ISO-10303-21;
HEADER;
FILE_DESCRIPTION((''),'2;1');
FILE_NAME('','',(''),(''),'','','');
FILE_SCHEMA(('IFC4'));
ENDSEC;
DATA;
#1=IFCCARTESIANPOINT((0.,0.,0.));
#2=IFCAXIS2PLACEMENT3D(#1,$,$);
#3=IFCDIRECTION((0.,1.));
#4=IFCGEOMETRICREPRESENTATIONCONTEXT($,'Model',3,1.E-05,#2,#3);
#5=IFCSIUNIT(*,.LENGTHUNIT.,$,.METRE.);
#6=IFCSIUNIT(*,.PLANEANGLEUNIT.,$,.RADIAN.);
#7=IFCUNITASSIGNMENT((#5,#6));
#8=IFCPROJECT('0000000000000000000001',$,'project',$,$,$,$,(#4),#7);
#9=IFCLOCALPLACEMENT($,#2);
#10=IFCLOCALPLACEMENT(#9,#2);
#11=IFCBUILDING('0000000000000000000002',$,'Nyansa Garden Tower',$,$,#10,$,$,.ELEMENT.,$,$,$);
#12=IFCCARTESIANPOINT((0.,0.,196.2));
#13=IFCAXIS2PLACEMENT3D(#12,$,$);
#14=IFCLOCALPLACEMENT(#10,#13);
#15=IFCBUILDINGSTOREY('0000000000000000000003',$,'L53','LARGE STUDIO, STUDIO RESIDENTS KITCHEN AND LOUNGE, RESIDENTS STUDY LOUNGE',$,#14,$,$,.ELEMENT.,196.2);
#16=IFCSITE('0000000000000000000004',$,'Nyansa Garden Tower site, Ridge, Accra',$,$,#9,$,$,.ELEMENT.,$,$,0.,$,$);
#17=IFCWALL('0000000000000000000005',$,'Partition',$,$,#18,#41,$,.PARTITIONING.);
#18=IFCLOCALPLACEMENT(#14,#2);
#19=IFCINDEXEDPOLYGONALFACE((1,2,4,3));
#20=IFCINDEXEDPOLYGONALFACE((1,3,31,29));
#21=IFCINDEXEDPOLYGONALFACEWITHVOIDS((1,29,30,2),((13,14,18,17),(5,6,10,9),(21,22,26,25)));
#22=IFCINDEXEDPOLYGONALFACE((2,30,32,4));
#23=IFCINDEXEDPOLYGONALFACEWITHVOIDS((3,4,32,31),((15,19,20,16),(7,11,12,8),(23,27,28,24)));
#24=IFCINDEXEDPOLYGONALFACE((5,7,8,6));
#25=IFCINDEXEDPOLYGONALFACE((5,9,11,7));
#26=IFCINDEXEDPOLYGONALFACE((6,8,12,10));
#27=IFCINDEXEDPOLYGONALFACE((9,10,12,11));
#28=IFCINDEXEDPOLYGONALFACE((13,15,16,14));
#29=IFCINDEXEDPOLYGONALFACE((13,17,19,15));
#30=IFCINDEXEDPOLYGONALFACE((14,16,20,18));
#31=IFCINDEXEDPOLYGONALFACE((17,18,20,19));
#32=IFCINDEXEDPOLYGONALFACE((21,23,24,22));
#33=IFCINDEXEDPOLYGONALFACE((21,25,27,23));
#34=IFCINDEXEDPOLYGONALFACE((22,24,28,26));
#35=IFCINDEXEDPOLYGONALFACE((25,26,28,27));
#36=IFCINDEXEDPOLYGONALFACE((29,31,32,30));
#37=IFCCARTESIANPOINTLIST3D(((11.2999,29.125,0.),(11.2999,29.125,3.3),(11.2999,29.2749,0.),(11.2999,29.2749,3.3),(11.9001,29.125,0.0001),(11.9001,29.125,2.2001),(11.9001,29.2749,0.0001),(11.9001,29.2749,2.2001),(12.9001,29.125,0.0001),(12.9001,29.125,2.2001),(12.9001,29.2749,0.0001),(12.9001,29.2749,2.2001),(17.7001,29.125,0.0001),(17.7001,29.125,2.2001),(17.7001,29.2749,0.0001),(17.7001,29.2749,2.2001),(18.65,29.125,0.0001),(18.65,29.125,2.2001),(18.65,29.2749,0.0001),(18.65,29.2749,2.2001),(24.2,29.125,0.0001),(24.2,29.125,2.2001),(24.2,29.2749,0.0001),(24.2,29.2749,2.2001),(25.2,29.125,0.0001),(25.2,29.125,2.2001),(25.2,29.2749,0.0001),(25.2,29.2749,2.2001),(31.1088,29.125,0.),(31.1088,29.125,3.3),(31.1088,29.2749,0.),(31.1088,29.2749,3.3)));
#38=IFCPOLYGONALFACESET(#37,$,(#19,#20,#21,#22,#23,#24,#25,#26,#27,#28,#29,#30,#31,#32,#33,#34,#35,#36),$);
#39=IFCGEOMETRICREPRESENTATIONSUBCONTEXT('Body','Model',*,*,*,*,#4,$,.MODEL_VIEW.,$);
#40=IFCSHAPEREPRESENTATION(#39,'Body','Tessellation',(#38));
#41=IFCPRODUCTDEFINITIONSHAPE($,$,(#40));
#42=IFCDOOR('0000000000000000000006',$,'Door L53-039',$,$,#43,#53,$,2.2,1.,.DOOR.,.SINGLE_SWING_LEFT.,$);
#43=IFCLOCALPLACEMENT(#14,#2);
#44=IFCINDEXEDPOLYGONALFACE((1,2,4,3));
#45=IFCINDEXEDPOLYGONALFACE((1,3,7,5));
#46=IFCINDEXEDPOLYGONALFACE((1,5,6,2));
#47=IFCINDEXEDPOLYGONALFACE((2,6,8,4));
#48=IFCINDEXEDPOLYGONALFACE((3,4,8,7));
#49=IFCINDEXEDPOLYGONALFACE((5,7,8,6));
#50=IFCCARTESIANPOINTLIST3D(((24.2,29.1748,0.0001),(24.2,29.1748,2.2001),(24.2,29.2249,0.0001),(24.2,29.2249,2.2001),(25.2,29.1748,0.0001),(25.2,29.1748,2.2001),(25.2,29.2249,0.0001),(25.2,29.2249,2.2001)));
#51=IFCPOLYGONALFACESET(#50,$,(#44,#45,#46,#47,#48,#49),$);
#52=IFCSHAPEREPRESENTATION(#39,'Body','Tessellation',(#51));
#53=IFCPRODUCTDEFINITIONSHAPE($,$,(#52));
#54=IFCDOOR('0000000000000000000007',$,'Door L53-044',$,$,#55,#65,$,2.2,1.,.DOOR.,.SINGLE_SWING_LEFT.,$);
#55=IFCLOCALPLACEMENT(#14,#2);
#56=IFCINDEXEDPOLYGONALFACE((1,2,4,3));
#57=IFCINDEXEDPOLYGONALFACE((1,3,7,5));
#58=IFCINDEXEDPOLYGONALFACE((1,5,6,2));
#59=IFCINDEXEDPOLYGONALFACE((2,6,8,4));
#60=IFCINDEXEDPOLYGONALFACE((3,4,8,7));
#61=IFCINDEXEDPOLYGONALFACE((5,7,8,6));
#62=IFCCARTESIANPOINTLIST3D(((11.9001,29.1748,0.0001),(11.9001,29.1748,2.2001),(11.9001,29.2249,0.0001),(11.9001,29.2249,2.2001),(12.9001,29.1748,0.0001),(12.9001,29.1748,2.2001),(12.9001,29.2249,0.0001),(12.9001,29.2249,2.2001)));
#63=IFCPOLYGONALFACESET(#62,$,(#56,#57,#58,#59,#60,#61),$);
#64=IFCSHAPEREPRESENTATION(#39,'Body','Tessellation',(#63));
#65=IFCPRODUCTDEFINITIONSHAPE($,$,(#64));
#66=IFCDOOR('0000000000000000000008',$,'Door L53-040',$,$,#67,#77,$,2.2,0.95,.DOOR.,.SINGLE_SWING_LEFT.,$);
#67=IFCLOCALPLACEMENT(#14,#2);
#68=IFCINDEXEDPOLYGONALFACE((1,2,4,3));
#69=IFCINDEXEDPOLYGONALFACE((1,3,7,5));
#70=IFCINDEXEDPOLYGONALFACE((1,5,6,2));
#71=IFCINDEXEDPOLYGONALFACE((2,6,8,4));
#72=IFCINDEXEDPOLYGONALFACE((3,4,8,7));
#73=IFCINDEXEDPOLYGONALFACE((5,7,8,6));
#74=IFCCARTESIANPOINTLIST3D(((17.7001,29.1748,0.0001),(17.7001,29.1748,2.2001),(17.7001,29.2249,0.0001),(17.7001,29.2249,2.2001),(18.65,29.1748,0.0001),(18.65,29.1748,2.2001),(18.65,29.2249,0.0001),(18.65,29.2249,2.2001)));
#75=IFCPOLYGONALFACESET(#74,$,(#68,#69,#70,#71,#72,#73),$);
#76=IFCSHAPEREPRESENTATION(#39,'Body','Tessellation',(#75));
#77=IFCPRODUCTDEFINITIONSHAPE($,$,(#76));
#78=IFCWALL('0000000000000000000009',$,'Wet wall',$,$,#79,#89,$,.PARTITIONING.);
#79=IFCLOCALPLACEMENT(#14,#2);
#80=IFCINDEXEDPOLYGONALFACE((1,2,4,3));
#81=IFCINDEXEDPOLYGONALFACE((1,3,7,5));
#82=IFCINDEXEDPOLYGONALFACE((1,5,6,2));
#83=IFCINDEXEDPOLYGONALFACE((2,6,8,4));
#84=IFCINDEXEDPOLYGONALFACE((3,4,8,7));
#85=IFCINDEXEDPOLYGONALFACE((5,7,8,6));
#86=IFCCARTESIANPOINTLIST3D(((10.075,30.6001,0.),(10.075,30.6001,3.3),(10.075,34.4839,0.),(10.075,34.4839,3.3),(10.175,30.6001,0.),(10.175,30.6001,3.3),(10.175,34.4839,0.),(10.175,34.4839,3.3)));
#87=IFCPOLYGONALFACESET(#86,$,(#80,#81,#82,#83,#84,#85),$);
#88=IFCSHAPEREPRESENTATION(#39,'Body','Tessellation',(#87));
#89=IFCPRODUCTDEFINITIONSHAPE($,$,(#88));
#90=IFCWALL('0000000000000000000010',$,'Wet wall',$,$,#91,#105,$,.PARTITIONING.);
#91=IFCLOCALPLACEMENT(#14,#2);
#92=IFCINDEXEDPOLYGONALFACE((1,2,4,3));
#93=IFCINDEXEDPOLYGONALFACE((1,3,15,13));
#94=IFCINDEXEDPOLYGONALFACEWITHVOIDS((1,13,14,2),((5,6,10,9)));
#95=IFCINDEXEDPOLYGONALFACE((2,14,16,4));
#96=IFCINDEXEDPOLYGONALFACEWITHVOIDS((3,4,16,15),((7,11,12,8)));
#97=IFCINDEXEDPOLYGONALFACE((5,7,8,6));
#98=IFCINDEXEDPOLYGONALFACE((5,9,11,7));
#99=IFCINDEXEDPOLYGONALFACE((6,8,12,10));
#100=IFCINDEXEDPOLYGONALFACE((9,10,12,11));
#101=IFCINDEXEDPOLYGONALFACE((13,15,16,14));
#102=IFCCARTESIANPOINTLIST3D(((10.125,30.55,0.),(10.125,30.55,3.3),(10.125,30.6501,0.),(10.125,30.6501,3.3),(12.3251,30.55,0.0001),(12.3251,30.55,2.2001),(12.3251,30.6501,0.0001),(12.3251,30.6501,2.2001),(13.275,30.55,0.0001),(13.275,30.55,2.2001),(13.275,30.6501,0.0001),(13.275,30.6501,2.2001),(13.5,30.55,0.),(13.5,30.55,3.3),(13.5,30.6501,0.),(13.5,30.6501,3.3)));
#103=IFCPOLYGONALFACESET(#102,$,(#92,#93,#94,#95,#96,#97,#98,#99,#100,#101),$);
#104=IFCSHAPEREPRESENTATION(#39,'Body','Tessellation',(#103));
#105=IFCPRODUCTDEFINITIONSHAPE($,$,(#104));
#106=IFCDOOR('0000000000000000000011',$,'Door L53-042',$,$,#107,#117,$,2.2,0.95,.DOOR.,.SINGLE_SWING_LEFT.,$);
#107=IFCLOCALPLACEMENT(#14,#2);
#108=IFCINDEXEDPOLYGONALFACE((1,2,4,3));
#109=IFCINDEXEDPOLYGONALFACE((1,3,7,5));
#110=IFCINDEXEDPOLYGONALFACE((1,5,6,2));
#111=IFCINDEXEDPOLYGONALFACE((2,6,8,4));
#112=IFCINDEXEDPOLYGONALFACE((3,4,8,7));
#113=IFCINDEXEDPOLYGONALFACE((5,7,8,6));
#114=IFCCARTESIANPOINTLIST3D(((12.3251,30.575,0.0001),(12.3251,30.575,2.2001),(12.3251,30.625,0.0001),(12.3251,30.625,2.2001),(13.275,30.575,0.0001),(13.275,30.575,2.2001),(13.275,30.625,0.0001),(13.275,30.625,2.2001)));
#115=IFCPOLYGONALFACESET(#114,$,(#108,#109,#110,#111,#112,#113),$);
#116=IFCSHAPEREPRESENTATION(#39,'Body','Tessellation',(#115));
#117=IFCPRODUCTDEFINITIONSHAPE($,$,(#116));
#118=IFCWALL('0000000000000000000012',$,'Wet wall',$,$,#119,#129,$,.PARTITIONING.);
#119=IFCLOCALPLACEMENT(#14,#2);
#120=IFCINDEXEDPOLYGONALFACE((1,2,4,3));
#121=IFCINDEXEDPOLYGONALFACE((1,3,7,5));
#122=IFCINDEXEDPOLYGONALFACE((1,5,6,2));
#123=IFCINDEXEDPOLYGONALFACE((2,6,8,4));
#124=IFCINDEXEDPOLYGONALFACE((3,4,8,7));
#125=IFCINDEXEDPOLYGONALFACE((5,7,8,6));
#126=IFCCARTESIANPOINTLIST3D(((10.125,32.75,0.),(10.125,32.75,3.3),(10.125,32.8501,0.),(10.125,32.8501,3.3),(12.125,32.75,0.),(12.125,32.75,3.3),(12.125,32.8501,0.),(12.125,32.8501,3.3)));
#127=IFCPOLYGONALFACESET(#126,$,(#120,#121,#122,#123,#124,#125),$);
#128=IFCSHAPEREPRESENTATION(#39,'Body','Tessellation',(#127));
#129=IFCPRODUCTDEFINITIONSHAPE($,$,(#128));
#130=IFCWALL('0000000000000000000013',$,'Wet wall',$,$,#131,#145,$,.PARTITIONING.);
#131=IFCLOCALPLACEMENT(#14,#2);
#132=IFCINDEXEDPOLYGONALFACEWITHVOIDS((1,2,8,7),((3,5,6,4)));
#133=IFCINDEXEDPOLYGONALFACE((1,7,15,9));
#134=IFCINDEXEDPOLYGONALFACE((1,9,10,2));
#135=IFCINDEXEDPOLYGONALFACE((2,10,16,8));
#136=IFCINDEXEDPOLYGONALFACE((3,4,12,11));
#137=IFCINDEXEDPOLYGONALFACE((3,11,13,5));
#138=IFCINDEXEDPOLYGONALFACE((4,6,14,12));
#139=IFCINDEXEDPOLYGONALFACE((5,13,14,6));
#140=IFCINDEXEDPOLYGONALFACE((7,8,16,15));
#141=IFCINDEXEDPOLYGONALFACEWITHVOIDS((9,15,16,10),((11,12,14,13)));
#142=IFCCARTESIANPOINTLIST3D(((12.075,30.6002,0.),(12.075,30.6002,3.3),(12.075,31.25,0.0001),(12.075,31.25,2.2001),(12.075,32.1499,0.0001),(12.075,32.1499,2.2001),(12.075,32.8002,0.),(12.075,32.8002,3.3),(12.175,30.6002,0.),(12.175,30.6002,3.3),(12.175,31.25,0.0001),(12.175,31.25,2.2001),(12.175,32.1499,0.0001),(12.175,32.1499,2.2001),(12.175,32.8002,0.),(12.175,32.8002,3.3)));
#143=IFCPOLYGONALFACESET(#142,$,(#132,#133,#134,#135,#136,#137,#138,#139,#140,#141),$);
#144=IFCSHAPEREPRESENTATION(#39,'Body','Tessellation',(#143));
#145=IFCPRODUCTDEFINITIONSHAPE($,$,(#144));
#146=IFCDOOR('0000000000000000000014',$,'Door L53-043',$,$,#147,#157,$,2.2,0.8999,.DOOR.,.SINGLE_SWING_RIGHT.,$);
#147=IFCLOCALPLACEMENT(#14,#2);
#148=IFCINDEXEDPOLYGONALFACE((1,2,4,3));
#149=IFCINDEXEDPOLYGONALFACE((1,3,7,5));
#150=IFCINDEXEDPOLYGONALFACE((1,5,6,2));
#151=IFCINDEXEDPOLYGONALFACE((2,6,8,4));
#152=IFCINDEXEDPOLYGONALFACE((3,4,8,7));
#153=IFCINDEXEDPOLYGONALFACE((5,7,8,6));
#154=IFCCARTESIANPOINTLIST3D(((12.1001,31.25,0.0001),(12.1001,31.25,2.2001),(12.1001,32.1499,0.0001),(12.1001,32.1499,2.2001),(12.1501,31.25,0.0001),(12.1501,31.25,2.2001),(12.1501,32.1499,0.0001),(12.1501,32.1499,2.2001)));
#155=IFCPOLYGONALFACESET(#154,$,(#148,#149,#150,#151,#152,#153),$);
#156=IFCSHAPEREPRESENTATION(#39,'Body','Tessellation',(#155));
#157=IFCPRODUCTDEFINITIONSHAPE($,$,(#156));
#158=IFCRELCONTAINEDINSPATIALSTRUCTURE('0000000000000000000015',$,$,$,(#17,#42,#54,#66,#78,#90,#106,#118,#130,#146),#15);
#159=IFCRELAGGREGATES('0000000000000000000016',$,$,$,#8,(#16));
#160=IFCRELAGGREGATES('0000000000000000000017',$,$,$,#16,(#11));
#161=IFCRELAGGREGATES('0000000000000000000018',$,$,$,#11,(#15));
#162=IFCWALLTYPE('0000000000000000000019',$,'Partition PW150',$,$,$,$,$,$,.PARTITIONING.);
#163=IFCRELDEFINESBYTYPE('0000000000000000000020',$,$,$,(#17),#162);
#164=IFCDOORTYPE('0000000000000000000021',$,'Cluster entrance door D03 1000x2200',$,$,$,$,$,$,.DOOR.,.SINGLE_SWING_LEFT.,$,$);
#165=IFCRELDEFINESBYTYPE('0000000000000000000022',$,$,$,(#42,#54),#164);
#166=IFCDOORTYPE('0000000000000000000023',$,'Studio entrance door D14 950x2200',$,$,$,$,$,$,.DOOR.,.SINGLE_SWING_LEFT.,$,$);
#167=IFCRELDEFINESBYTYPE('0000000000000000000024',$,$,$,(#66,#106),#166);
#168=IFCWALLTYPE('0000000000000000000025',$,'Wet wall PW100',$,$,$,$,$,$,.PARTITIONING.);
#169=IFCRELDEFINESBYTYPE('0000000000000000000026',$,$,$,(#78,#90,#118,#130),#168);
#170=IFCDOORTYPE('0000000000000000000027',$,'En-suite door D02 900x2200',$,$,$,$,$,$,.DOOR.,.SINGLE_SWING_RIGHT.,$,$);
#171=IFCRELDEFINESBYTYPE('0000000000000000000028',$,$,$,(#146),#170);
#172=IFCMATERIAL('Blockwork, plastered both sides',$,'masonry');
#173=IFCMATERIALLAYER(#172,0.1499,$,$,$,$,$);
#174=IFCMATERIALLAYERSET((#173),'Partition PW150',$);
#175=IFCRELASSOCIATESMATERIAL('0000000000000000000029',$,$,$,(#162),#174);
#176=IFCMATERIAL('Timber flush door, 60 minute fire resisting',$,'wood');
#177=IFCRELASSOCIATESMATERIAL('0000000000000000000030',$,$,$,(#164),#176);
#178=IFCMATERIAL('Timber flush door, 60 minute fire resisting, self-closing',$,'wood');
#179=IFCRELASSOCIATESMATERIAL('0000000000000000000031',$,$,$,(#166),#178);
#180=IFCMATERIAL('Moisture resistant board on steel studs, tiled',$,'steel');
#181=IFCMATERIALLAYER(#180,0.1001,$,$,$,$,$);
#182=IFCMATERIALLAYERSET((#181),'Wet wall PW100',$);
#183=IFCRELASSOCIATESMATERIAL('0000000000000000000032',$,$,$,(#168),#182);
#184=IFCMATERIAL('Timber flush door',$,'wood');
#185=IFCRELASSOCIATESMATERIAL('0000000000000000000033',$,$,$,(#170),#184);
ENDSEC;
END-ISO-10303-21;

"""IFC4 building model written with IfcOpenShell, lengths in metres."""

from ifc_helpers import new_model, si_unit, direction, frame, frame_2d, origin, place, context, subcontext, project, spatial, rectangle, extrude, material, layer, layer_set, type_object, element, fill, save


model = new_model("IFC4")

# Units and contexts
model_context = context("Model", 3, precision=1e-05, world=origin(), true_north=direction((0.0, 1.0)))
body_context = subcontext(model_context, "Body", "Model", "MODEL_VIEW")
ifc_project = project(units=[si_unit("LENGTHUNIT", "METRE"), si_unit("PLANEANGLEUNIT", "RADIAN")], contexts=[model_context])

# Site, building, storey
site_placement = place(None, origin())
site = spatial("IfcSite", under=ifc_project, at=site_placement, Name="Nyansa Garden Tower site, Ridge, Accra", CompositionType="ELEMENT", RefElevation=0.0)
building_placement = place(site_placement, origin())
building = spatial("IfcBuilding", under=site, at=building_placement, Name="Nyansa Garden Tower", CompositionType="ELEMENT")
storey_placement = place(building_placement, frame((0.0, 0.0, 196.2)))
storey = spatial("IfcBuildingStorey", under=building, at=storey_placement, Name="L53", Description="LARGE STUDIO, STUDIO RESIDENTS KITCHEN AND LOUNGE, RESIDENTS STUDY LOUNGE", CompositionType="ELEMENT", Elevation=196.2)

# Wall, openings, doors
ifc_material_1 = material(Name="Blockwork, plastered both sides", Category="masonry")
ifc_layer_1 = layer(ifc_material_1, 0.1499)
ifc_layer_set_1 = layer_set([ifc_layer_1], Name="Partition PW150")
wall_type_1 = type_object("IfcWallType", Name="Partition PW150", PredefinedType="PARTITIONING", material=ifc_layer_set_1)
wall_1_placement = place(storey_placement, frame((11.3, 29.2, 0.0), z_axis=(0.0, 0.0, 1.0), x_axis=(1.0, 0.0, 0.0)))
wall_1 = element("IfcWall", 1, at=wall_1_placement, inside=storey, type_object=wall_type_1, Name="Partition", PredefinedType="PARTITIONING", context=body_context, shape_type="SweptSolid", body=[
    extrude(rectangle(XDim=19.8088, YDim=0.1499, at=frame_2d((9.9043, 0.0))), origin(), (0.0, 0.0, 1.0), 3.3),
])
opening_1_placement = place(wall_1_placement, frame((12.8999, 0.0, 0.0)))
opening_1 = element("IfcOpeningElement", 2, at=opening_1_placement, cuts=wall_1, PredefinedType="OPENING", context=body_context, shape_type="SweptSolid", body=[
    extrude(rectangle(XDim=1.0, YDim=2.2, at=frame_2d((0.5, 1.1001))), frame((0.0, 0.085, 0.0), z_axis=(0.0, -1.0, 0.0), x_axis=(1.0, 0.0, 0.0)), (0.0, 0.0, 1.0), 0.1699),
])
opening_2_placement = place(wall_1_placement, frame((6.3999, 0.0, 0.0)))
opening_2 = element("IfcOpeningElement", 3, at=opening_2_placement, cuts=wall_1, PredefinedType="OPENING", context=body_context, shape_type="SweptSolid", body=[
    extrude(rectangle(XDim=0.95, YDim=2.2, at=frame_2d((0.4751, 1.1001))), frame((0.0, 0.085, 0.0), z_axis=(0.0, -1.0, 0.0), x_axis=(1.0, 0.0, 0.0)), (0.0, 0.0, 1.0), 0.1699),
])
opening_3_placement = place(wall_1_placement, frame((0.6001, 0.0, 0.0)))
opening_3 = element("IfcOpeningElement", 4, at=opening_3_placement, cuts=wall_1, PredefinedType="OPENING", context=body_context, shape_type="SweptSolid", body=[
    extrude(rectangle(XDim=1.0, YDim=2.2, at=frame_2d((0.5, 1.1001))), frame((0.0, 0.085, 0.0), z_axis=(0.0, -1.0, 0.0), x_axis=(1.0, 0.0, 0.0)), (0.0, 0.0, 1.0), 0.1699),
])
ifc_material_2 = material(Name="Timber flush door, 60 minute fire resisting", Category="wood")
door_type_1 = type_object("IfcDoorType", Name="Cluster entrance door D03 1000x2200", OperationType="SINGLE_SWING_LEFT", PredefinedType="DOOR", material=ifc_material_2)
door_1_placement = place(opening_1_placement, origin())
door_1 = element("IfcDoor", 5, at=door_1_placement, inside=storey, type_object=door_type_1, Name="Door L53-039", OperationType="SINGLE_SWING_LEFT", OverallHeight=2.2, OverallWidth=1.0, PredefinedType="DOOR", context=body_context, shape_type="SweptSolid", body=[
    extrude(rectangle(XDim=1.0, YDim=2.2, at=frame_2d((0.5, 1.1001))), frame((0.0, 0.0249, 0.0), z_axis=(0.0, -1.0, 0.0), x_axis=(1.0, 0.0, 0.0)), (0.0, 0.0, 1.0), 0.05),
])
fill(opening_1, door_1)
door_2_placement = place(opening_3_placement, origin())
door_2 = element("IfcDoor", 6, at=door_2_placement, inside=storey, type_object=door_type_1, Name="Door L53-044", OperationType="SINGLE_SWING_LEFT", OverallHeight=2.2, OverallWidth=1.0, PredefinedType="DOOR", context=body_context, shape_type="SweptSolid", body=[
    extrude(rectangle(XDim=1.0, YDim=2.2, at=frame_2d((0.5, 1.1001))), frame((0.0, 0.0249, 0.0), z_axis=(0.0, -1.0, 0.0), x_axis=(1.0, 0.0, 0.0)), (0.0, 0.0, 1.0), 0.05),
])
fill(opening_3, door_2)
ifc_material_3 = material(Name="Timber flush door, 60 minute fire resisting, self-closing", Category="wood")
door_type_2 = type_object("IfcDoorType", Name="Studio entrance door D14 950x2200", OperationType="SINGLE_SWING_LEFT", PredefinedType="DOOR", material=ifc_material_3)
door_3_placement = place(opening_2_placement, origin())
door_3 = element("IfcDoor", 7, at=door_3_placement, inside=storey, type_object=door_type_2, Name="Door L53-040", OperationType="SINGLE_SWING_LEFT", OverallHeight=2.2, OverallWidth=0.95, PredefinedType="DOOR", context=body_context, shape_type="SweptSolid", body=[
    extrude(rectangle(XDim=0.95, YDim=2.2, at=frame_2d((0.4751, 1.1001))), frame((0.0, 0.0249, 0.0), z_axis=(0.0, -1.0, 0.0), x_axis=(1.0, 0.0, 0.0)), (0.0, 0.0, 1.0), 0.05),
])
fill(opening_2, door_3)

# Wall
ifc_material_4 = material(Name="Moisture resistant board on steel studs, tiled", Category="steel")
ifc_layer_2 = layer(ifc_material_4, 0.1001)
ifc_layer_set_2 = layer_set([ifc_layer_2], Name="Wet wall PW100")
wall_type_2 = type_object("IfcWallType", Name="Wet wall PW100", PredefinedType="PARTITIONING", material=ifc_layer_set_2)
wall_2_placement = place(storey_placement, frame((10.125, 30.6001, 0.0), z_axis=(0.0, 0.0, 1.0), x_axis=(0.0, 1.0, 0.0)))
element("IfcWall", 8, at=wall_2_placement, inside=storey, type_object=wall_type_2, Name="Wet wall", PredefinedType="PARTITIONING", context=body_context, shape_type="SweptSolid", body=[
    extrude(rectangle(XDim=3.8838, YDim=0.1001, at=frame_2d((1.9419, 0.0))), origin(), (0.0, 0.0, 1.0), 3.3),
])

# Wall, opening, door
wall_3_placement = place(storey_placement, frame((10.125, 30.6001, 0.0), z_axis=(0.0, 0.0, 1.0), x_axis=(1.0, 0.0, 0.0)))
wall_3 = element("IfcWall", 9, at=wall_3_placement, inside=storey, type_object=wall_type_2, Name="Wet wall", PredefinedType="PARTITIONING", context=body_context, shape_type="SweptSolid", body=[
    extrude(rectangle(XDim=3.375, YDim=0.1001, at=frame_2d((1.6875, 0.0))), origin(), (0.0, 0.0, 1.0), 3.3),
])
opening_4_placement = place(wall_3_placement, frame((2.2, 0.0, 0.0)))
opening_4 = element("IfcOpeningElement", 10, at=opening_4_placement, cuts=wall_3, PredefinedType="OPENING", context=body_context, shape_type="SweptSolid", body=[
    extrude(rectangle(XDim=0.95, YDim=2.2, at=frame_2d((0.4751, 1.1001))), frame((0.0, 0.0601, 0.0), z_axis=(0.0, -1.0, 0.0), x_axis=(1.0, 0.0, 0.0)), (0.0, 0.0, 1.0), 0.1201),
])
door_4_placement = place(opening_4_placement, origin())
door_4 = element("IfcDoor", 11, at=door_4_placement, inside=storey, type_object=door_type_2, Name="Door L53-042", OperationType="SINGLE_SWING_LEFT", OverallHeight=2.2, OverallWidth=0.95, PredefinedType="DOOR", context=body_context, shape_type="SweptSolid", body=[
    extrude(rectangle(XDim=0.95, YDim=2.2, at=frame_2d((0.4751, 1.1001))), frame((0.0, 0.0249, 0.0), z_axis=(0.0, -1.0, 0.0), x_axis=(1.0, 0.0, 0.0)), (0.0, 0.0, 1.0), 0.05),
])
fill(opening_4, door_4)

# Wall
wall_4_placement = place(storey_placement, frame((10.125, 32.8, 0.0), z_axis=(0.0, 0.0, 1.0), x_axis=(1.0, 0.0, 0.0)))
element("IfcWall", 12, at=wall_4_placement, inside=storey, type_object=wall_type_2, Name="Wet wall", PredefinedType="PARTITIONING", context=body_context, shape_type="SweptSolid", body=[
    extrude(rectangle(XDim=2.0, YDim=0.1001, at=frame_2d((1.0, 0.0))), origin(), (0.0, 0.0, 1.0), 3.3),
])

# Wall, opening, door
wall_5_placement = place(storey_placement, frame((12.125, 30.6001, 0.0), z_axis=(0.0, 0.0, 1.0), x_axis=(0.0, 1.0, 0.0)))
wall_5 = element("IfcWall", 13, at=wall_5_placement, inside=storey, type_object=wall_type_2, Name="Wet wall", PredefinedType="PARTITIONING", context=body_context, shape_type="SweptSolid", body=[
    extrude(rectangle(XDim=2.2, YDim=0.1001, at=frame_2d((1.1001, 0.0))), origin(), (0.0, 0.0, 1.0), 3.3),
])
opening_5_placement = place(wall_5_placement, frame((0.6499, 0.0, 0.0)))
opening_5 = element("IfcOpeningElement", 14, at=opening_5_placement, cuts=wall_5, PredefinedType="OPENING", context=body_context, shape_type="SweptSolid", body=[
    extrude(rectangle(XDim=0.8999, YDim=2.2, at=frame_2d((0.45, 1.1001))), frame((0.0, 0.0601, 0.0), z_axis=(0.0, -1.0, 0.0), x_axis=(1.0, 0.0, 0.0)), (0.0, 0.0, 1.0), 0.1201),
])
ifc_material_5 = material(Name="Timber flush door", Category="wood")
door_type_3 = type_object("IfcDoorType", Name="En-suite door D02 900x2200", OperationType="SINGLE_SWING_RIGHT", PredefinedType="DOOR", material=ifc_material_5)
door_5_placement = place(opening_5_placement, origin())
door_5 = element("IfcDoor", 15, at=door_5_placement, inside=storey, type_object=door_type_3, Name="Door L53-043", OperationType="SINGLE_SWING_RIGHT", OverallHeight=2.2, OverallWidth=0.8999, PredefinedType="DOOR", context=body_context, shape_type="SweptSolid", body=[
    extrude(rectangle(XDim=0.8999, YDim=2.2, at=frame_2d((0.45, 1.1001))), frame((0.0, 0.0249, 0.0), z_axis=(0.0, -1.0, 0.0), x_axis=(1.0, 0.0, 0.0)), (0.0, 0.0, 1.0), 0.05),
])
fill(opening_5, door_5)

save(model, "model.ifc")
